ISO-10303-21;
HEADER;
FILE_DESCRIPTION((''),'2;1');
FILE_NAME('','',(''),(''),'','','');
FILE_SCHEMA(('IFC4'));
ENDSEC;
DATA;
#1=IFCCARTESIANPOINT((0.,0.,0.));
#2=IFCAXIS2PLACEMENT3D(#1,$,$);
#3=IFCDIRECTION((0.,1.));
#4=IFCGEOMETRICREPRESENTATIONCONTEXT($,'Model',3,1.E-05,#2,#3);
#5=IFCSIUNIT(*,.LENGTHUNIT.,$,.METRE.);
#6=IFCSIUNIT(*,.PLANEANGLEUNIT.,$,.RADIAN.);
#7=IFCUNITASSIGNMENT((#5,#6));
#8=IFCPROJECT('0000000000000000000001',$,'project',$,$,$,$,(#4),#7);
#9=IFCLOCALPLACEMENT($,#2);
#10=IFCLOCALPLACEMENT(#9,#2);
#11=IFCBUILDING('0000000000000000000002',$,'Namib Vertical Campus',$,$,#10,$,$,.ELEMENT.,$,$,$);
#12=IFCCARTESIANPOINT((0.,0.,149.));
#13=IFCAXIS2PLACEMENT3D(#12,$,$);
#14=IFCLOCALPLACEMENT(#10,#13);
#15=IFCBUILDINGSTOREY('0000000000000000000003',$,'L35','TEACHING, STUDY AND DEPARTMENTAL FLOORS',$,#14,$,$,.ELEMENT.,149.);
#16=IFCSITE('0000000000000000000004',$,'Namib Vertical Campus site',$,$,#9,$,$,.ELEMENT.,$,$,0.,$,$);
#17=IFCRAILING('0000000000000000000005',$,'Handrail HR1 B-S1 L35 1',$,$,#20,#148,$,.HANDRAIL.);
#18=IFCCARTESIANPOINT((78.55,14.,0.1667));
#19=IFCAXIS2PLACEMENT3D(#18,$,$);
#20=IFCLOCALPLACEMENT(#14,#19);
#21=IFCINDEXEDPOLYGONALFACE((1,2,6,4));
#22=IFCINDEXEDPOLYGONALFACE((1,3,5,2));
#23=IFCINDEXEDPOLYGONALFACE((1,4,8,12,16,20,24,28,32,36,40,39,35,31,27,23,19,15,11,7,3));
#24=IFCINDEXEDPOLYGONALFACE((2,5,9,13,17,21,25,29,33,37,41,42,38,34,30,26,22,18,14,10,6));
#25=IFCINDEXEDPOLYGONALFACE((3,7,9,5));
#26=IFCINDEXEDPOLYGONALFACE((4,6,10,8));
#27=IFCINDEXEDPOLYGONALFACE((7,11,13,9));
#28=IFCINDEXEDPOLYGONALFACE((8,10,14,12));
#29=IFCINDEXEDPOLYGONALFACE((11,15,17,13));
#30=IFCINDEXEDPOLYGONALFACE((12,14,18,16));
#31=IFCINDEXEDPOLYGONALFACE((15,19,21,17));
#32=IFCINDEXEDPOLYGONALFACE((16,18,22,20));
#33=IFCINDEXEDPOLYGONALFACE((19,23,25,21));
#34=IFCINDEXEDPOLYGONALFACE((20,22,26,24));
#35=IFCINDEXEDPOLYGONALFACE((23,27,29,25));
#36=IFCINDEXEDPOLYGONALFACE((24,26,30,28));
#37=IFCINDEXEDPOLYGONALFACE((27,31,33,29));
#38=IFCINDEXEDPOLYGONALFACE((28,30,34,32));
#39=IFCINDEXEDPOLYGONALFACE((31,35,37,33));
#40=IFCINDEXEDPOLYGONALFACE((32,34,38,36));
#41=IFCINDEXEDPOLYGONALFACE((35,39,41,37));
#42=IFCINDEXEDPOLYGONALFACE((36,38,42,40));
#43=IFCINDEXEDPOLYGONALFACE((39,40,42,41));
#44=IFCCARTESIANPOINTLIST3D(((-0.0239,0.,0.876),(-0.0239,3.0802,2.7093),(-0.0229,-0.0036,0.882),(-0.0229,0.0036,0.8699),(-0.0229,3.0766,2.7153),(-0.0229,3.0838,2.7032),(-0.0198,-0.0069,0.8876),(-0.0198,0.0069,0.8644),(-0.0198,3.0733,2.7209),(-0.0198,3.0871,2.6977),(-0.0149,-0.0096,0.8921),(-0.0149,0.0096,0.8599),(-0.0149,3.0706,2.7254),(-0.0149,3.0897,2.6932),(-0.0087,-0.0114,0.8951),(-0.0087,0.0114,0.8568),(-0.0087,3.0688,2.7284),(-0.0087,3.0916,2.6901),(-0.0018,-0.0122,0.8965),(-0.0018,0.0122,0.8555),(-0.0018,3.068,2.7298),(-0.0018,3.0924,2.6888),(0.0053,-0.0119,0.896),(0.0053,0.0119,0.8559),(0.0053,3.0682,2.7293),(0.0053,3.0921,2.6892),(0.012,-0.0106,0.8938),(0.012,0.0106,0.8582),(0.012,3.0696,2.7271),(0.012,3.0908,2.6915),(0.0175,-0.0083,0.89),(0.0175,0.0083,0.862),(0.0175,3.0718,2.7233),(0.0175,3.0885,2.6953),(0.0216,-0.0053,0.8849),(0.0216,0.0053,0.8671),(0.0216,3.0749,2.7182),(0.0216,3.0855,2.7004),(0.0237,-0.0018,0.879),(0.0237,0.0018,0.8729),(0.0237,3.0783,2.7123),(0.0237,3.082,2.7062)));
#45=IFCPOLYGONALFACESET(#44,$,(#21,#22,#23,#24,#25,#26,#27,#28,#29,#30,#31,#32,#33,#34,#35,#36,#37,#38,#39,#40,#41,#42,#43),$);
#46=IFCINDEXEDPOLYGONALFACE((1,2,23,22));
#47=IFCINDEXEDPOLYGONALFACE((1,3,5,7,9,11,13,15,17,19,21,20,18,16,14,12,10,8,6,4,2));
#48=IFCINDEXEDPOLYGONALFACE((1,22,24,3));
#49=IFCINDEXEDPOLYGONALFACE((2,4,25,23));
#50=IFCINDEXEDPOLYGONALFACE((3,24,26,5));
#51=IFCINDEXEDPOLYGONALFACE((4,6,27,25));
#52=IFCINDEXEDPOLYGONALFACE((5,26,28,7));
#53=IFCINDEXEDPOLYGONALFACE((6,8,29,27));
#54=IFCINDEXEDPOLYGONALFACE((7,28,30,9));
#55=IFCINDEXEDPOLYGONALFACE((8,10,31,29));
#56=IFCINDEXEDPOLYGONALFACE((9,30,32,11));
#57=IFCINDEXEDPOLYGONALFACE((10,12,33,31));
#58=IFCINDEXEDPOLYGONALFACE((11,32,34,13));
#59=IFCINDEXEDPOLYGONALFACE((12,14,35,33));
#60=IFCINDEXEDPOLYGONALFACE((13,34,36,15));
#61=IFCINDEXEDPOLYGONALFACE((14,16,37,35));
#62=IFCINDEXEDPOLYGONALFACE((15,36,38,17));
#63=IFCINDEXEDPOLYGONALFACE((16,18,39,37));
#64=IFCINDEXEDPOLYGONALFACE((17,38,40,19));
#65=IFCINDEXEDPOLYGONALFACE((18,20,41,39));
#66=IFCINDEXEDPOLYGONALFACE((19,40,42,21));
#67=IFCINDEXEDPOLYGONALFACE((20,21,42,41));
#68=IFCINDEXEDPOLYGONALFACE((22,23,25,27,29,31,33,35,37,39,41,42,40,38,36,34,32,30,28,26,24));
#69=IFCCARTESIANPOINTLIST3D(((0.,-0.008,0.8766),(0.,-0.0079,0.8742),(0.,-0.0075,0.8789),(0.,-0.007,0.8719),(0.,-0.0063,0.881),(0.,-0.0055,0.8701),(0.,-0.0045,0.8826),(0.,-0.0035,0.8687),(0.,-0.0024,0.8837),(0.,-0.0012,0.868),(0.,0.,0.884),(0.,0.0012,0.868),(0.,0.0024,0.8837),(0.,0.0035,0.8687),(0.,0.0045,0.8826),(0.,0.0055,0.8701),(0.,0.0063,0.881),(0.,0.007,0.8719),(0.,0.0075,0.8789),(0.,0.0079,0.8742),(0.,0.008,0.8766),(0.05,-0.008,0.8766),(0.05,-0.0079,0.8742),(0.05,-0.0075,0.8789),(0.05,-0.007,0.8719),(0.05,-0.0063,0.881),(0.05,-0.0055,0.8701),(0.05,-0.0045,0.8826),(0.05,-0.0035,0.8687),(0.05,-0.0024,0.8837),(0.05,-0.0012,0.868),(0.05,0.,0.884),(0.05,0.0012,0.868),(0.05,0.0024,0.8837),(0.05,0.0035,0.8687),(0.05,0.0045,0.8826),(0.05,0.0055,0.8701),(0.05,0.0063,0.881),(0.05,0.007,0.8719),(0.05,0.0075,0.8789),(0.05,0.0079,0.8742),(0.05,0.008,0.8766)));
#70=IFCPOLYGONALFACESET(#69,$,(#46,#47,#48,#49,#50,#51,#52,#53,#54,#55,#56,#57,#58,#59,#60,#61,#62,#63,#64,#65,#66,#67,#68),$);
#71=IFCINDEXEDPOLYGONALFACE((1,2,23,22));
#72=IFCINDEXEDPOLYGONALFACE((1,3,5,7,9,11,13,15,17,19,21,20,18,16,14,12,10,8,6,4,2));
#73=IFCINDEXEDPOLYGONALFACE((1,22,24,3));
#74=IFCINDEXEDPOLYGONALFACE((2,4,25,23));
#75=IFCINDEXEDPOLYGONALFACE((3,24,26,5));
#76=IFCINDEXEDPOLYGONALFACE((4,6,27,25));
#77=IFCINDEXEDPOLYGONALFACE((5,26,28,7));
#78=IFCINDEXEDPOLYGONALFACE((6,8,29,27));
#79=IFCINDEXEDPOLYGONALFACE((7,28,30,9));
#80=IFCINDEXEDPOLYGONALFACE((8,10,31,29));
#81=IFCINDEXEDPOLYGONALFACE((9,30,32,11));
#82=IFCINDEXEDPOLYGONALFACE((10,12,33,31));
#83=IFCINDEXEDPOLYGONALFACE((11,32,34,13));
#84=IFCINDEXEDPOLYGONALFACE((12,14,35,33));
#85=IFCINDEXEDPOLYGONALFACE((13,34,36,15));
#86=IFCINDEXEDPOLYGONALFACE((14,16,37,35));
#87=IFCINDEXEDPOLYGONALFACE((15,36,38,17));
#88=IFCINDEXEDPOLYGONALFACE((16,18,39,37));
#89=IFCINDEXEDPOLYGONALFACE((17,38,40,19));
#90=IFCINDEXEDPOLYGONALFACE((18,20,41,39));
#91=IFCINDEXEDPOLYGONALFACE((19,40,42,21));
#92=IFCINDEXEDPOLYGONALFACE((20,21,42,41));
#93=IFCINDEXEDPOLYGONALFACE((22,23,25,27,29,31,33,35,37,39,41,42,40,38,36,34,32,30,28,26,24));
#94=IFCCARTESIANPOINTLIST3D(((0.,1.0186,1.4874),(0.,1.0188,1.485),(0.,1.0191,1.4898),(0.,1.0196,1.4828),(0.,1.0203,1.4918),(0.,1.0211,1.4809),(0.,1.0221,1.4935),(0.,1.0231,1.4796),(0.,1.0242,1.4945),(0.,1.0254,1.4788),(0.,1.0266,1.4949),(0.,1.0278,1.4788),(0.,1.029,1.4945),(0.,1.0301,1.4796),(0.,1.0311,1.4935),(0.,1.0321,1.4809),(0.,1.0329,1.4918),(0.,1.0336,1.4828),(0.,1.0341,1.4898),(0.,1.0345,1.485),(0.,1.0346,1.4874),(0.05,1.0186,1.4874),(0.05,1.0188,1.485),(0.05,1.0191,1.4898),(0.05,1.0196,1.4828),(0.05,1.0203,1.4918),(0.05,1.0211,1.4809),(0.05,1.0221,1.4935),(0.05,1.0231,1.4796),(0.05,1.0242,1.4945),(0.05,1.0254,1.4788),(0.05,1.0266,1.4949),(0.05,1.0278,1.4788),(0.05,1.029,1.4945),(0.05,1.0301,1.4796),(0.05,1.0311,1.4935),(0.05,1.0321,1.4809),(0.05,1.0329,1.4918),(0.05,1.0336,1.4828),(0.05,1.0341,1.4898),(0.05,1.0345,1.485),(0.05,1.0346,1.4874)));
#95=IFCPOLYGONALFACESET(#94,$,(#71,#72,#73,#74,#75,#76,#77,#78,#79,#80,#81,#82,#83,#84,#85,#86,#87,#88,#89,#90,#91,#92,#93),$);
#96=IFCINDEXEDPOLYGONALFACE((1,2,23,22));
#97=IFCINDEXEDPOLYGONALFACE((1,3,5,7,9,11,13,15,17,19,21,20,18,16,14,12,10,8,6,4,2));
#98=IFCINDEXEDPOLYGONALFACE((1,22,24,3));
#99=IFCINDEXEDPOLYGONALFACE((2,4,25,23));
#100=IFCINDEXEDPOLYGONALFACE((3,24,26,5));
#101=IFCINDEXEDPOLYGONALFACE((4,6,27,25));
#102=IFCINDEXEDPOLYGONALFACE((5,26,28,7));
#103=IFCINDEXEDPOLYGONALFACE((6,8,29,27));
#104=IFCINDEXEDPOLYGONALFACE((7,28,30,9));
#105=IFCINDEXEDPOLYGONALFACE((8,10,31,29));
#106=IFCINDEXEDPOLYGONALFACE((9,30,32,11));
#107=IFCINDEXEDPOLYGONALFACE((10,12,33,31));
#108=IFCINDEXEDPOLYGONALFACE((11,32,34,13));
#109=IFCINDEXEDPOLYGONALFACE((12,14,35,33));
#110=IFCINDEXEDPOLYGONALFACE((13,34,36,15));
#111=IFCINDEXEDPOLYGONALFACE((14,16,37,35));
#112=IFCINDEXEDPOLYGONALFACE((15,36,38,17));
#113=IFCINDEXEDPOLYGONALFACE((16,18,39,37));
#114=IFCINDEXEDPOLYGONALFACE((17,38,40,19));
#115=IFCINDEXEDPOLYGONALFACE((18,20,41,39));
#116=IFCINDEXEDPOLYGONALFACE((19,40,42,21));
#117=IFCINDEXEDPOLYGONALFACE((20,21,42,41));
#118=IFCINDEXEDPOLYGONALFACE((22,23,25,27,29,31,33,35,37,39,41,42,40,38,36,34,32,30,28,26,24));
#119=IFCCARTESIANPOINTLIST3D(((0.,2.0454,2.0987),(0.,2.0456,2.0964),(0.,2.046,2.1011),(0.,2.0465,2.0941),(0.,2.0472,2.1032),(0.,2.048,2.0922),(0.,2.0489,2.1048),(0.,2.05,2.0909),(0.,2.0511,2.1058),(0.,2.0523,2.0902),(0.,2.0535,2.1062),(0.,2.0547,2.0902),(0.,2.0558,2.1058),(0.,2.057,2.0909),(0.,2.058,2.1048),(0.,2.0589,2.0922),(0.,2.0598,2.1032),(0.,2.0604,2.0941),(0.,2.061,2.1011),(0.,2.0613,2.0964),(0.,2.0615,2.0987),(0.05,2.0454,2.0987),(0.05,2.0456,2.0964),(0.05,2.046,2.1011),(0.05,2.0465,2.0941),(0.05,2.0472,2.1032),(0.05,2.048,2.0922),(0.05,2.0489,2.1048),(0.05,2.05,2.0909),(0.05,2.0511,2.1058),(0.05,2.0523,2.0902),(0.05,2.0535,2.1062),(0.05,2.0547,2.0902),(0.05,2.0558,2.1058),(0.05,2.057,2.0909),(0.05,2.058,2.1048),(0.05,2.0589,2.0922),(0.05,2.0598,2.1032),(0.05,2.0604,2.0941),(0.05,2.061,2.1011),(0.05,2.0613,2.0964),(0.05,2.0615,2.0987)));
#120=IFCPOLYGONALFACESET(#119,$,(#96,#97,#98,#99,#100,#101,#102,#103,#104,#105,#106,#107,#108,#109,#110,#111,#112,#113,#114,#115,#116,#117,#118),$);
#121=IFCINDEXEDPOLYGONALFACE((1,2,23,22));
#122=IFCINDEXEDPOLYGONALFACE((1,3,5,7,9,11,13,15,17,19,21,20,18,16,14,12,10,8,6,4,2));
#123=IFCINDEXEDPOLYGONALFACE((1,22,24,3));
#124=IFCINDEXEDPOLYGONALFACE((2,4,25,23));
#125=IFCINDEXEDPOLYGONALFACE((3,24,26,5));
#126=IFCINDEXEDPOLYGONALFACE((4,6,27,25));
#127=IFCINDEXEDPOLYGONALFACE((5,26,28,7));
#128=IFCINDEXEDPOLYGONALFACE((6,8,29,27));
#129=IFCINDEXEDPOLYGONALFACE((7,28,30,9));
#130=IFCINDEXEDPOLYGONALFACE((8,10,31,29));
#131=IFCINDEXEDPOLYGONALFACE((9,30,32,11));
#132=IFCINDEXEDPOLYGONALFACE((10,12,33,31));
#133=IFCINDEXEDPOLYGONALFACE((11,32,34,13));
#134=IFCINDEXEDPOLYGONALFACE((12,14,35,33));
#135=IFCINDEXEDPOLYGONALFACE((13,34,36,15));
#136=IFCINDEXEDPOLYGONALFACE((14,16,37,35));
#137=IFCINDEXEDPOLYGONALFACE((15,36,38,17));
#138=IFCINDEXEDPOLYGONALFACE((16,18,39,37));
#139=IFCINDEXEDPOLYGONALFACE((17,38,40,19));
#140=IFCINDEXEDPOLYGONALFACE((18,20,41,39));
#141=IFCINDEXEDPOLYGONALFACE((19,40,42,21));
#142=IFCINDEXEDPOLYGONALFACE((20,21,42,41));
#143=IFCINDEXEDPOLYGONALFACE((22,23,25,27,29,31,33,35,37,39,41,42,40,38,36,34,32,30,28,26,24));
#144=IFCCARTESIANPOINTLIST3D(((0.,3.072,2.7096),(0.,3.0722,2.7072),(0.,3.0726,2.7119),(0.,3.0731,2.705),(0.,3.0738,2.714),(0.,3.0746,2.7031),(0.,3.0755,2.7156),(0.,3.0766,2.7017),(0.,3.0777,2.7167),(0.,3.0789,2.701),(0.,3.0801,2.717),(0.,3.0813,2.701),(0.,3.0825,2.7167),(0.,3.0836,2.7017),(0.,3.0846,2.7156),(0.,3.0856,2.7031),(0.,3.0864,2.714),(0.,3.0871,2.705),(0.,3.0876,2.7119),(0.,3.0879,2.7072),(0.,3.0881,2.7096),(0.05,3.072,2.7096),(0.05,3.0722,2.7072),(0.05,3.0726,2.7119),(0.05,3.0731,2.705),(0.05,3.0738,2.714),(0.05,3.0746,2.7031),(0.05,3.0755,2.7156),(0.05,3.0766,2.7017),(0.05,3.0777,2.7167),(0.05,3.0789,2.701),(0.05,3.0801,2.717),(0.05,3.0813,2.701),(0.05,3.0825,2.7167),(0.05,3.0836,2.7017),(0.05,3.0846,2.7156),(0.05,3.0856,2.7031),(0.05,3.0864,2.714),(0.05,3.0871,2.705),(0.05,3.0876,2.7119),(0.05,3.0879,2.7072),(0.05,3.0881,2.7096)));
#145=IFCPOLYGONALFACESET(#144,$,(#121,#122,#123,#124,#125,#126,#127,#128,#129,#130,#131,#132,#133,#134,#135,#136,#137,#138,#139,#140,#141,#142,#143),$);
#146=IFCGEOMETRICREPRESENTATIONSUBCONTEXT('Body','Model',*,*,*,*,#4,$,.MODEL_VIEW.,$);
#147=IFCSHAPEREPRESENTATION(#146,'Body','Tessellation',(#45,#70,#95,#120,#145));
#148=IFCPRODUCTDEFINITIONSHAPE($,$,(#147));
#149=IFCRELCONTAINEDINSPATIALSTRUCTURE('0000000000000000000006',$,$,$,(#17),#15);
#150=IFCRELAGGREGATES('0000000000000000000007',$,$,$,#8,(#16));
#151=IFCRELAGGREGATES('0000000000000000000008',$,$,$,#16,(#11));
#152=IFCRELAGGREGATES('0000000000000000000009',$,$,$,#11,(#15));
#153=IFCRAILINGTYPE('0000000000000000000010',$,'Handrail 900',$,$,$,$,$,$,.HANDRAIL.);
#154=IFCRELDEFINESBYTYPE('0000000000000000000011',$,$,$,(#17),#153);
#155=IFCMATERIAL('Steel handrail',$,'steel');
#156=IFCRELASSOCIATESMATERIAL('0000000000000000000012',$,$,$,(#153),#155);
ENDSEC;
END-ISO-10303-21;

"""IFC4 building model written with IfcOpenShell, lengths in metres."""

from ifc_helpers import new_model, si_unit, direction, frame, origin, origin_2d, place, context, subcontext, project, spatial, circle, extrude, material, type_object, element, save


model = new_model("IFC4")

# Units and contexts
model_context = context("Model", 3, precision=1e-05, world=origin(), true_north=direction((0.0, 1.0)))
body_context = subcontext(model_context, "Body", "Model", "MODEL_VIEW")
ifc_project = project(units=[si_unit("LENGTHUNIT", "METRE"), si_unit("PLANEANGLEUNIT", "RADIAN")], contexts=[model_context])

# Site, building, storey
site_placement = place(None, origin())
site = spatial("IfcSite", under=ifc_project, at=site_placement, Name="Namib Vertical Campus site", CompositionType="ELEMENT", RefElevation=0.0)
building_placement = place(site_placement, origin())
building = spatial("IfcBuilding", under=site, at=building_placement, Name="Namib Vertical Campus", CompositionType="ELEMENT")
storey_placement = place(building_placement, frame((0.0, 0.0, 149.0)))
storey = spatial("IfcBuildingStorey", under=building, at=storey_placement, Name="L35", Description="TEACHING, STUDY AND DEPARTMENTAL FLOORS", CompositionType="ELEMENT", Elevation=149.0)

# Railing
ifc_material_1 = material(Name="Steel handrail", Category="steel")
railing_type_1 = type_object("IfcRailingType", Name="Handrail 900", PredefinedType="HANDRAIL", material=ifc_material_1)
railing_1_placement = place(storey_placement, frame((78.55, 14.0, 0.1667)))
element("IfcRailing", 1, at=railing_1_placement, inside=storey, type_object=railing_type_1, Name="Handrail HR1 B-S1 L35 1", PredefinedType="HANDRAIL", context=body_context, shape_type="SweptSolid", body=[
    extrude(circle(Radius=0.0239, at=origin_2d()), frame((0.0, 0.0, 0.876), z_axis=(0.0, 0.859309, 0.511458), x_axis=(-1.0, 0.0, 0.0)), (0.0, 0.0, 1.0), 3.5845),
    extrude(circle(Radius=0.0081, at=origin_2d()), frame((0.0, 0.0, 0.876), z_axis=(1.0, 0.0, 0.0), x_axis=(0.0, 0.0, 1.0)), (0.0, 0.0, 1.0), 0.05),
    extrude(circle(Radius=0.0081, at=origin_2d()), frame((0.0, 1.0266, 1.4868), z_axis=(1.0, 0.0, 0.0), x_axis=(0.0, 0.0, 1.0)), (0.0, 0.0, 1.0), 0.05),
    extrude(circle(Radius=0.0081, at=origin_2d()), frame((0.0, 2.0535, 2.0981), z_axis=(1.0, 0.0, 0.0), x_axis=(0.0, 0.0, 1.0)), (0.0, 0.0, 1.0), 0.05),
    extrude(circle(Radius=0.0081, at=origin_2d()), frame((0.0, 3.0801, 2.709), z_axis=(1.0, 0.0, 0.0), x_axis=(0.0, 0.0, 1.0)), (0.0, 0.0, 1.0), 0.05),
])

save(model, "model.ifc")
